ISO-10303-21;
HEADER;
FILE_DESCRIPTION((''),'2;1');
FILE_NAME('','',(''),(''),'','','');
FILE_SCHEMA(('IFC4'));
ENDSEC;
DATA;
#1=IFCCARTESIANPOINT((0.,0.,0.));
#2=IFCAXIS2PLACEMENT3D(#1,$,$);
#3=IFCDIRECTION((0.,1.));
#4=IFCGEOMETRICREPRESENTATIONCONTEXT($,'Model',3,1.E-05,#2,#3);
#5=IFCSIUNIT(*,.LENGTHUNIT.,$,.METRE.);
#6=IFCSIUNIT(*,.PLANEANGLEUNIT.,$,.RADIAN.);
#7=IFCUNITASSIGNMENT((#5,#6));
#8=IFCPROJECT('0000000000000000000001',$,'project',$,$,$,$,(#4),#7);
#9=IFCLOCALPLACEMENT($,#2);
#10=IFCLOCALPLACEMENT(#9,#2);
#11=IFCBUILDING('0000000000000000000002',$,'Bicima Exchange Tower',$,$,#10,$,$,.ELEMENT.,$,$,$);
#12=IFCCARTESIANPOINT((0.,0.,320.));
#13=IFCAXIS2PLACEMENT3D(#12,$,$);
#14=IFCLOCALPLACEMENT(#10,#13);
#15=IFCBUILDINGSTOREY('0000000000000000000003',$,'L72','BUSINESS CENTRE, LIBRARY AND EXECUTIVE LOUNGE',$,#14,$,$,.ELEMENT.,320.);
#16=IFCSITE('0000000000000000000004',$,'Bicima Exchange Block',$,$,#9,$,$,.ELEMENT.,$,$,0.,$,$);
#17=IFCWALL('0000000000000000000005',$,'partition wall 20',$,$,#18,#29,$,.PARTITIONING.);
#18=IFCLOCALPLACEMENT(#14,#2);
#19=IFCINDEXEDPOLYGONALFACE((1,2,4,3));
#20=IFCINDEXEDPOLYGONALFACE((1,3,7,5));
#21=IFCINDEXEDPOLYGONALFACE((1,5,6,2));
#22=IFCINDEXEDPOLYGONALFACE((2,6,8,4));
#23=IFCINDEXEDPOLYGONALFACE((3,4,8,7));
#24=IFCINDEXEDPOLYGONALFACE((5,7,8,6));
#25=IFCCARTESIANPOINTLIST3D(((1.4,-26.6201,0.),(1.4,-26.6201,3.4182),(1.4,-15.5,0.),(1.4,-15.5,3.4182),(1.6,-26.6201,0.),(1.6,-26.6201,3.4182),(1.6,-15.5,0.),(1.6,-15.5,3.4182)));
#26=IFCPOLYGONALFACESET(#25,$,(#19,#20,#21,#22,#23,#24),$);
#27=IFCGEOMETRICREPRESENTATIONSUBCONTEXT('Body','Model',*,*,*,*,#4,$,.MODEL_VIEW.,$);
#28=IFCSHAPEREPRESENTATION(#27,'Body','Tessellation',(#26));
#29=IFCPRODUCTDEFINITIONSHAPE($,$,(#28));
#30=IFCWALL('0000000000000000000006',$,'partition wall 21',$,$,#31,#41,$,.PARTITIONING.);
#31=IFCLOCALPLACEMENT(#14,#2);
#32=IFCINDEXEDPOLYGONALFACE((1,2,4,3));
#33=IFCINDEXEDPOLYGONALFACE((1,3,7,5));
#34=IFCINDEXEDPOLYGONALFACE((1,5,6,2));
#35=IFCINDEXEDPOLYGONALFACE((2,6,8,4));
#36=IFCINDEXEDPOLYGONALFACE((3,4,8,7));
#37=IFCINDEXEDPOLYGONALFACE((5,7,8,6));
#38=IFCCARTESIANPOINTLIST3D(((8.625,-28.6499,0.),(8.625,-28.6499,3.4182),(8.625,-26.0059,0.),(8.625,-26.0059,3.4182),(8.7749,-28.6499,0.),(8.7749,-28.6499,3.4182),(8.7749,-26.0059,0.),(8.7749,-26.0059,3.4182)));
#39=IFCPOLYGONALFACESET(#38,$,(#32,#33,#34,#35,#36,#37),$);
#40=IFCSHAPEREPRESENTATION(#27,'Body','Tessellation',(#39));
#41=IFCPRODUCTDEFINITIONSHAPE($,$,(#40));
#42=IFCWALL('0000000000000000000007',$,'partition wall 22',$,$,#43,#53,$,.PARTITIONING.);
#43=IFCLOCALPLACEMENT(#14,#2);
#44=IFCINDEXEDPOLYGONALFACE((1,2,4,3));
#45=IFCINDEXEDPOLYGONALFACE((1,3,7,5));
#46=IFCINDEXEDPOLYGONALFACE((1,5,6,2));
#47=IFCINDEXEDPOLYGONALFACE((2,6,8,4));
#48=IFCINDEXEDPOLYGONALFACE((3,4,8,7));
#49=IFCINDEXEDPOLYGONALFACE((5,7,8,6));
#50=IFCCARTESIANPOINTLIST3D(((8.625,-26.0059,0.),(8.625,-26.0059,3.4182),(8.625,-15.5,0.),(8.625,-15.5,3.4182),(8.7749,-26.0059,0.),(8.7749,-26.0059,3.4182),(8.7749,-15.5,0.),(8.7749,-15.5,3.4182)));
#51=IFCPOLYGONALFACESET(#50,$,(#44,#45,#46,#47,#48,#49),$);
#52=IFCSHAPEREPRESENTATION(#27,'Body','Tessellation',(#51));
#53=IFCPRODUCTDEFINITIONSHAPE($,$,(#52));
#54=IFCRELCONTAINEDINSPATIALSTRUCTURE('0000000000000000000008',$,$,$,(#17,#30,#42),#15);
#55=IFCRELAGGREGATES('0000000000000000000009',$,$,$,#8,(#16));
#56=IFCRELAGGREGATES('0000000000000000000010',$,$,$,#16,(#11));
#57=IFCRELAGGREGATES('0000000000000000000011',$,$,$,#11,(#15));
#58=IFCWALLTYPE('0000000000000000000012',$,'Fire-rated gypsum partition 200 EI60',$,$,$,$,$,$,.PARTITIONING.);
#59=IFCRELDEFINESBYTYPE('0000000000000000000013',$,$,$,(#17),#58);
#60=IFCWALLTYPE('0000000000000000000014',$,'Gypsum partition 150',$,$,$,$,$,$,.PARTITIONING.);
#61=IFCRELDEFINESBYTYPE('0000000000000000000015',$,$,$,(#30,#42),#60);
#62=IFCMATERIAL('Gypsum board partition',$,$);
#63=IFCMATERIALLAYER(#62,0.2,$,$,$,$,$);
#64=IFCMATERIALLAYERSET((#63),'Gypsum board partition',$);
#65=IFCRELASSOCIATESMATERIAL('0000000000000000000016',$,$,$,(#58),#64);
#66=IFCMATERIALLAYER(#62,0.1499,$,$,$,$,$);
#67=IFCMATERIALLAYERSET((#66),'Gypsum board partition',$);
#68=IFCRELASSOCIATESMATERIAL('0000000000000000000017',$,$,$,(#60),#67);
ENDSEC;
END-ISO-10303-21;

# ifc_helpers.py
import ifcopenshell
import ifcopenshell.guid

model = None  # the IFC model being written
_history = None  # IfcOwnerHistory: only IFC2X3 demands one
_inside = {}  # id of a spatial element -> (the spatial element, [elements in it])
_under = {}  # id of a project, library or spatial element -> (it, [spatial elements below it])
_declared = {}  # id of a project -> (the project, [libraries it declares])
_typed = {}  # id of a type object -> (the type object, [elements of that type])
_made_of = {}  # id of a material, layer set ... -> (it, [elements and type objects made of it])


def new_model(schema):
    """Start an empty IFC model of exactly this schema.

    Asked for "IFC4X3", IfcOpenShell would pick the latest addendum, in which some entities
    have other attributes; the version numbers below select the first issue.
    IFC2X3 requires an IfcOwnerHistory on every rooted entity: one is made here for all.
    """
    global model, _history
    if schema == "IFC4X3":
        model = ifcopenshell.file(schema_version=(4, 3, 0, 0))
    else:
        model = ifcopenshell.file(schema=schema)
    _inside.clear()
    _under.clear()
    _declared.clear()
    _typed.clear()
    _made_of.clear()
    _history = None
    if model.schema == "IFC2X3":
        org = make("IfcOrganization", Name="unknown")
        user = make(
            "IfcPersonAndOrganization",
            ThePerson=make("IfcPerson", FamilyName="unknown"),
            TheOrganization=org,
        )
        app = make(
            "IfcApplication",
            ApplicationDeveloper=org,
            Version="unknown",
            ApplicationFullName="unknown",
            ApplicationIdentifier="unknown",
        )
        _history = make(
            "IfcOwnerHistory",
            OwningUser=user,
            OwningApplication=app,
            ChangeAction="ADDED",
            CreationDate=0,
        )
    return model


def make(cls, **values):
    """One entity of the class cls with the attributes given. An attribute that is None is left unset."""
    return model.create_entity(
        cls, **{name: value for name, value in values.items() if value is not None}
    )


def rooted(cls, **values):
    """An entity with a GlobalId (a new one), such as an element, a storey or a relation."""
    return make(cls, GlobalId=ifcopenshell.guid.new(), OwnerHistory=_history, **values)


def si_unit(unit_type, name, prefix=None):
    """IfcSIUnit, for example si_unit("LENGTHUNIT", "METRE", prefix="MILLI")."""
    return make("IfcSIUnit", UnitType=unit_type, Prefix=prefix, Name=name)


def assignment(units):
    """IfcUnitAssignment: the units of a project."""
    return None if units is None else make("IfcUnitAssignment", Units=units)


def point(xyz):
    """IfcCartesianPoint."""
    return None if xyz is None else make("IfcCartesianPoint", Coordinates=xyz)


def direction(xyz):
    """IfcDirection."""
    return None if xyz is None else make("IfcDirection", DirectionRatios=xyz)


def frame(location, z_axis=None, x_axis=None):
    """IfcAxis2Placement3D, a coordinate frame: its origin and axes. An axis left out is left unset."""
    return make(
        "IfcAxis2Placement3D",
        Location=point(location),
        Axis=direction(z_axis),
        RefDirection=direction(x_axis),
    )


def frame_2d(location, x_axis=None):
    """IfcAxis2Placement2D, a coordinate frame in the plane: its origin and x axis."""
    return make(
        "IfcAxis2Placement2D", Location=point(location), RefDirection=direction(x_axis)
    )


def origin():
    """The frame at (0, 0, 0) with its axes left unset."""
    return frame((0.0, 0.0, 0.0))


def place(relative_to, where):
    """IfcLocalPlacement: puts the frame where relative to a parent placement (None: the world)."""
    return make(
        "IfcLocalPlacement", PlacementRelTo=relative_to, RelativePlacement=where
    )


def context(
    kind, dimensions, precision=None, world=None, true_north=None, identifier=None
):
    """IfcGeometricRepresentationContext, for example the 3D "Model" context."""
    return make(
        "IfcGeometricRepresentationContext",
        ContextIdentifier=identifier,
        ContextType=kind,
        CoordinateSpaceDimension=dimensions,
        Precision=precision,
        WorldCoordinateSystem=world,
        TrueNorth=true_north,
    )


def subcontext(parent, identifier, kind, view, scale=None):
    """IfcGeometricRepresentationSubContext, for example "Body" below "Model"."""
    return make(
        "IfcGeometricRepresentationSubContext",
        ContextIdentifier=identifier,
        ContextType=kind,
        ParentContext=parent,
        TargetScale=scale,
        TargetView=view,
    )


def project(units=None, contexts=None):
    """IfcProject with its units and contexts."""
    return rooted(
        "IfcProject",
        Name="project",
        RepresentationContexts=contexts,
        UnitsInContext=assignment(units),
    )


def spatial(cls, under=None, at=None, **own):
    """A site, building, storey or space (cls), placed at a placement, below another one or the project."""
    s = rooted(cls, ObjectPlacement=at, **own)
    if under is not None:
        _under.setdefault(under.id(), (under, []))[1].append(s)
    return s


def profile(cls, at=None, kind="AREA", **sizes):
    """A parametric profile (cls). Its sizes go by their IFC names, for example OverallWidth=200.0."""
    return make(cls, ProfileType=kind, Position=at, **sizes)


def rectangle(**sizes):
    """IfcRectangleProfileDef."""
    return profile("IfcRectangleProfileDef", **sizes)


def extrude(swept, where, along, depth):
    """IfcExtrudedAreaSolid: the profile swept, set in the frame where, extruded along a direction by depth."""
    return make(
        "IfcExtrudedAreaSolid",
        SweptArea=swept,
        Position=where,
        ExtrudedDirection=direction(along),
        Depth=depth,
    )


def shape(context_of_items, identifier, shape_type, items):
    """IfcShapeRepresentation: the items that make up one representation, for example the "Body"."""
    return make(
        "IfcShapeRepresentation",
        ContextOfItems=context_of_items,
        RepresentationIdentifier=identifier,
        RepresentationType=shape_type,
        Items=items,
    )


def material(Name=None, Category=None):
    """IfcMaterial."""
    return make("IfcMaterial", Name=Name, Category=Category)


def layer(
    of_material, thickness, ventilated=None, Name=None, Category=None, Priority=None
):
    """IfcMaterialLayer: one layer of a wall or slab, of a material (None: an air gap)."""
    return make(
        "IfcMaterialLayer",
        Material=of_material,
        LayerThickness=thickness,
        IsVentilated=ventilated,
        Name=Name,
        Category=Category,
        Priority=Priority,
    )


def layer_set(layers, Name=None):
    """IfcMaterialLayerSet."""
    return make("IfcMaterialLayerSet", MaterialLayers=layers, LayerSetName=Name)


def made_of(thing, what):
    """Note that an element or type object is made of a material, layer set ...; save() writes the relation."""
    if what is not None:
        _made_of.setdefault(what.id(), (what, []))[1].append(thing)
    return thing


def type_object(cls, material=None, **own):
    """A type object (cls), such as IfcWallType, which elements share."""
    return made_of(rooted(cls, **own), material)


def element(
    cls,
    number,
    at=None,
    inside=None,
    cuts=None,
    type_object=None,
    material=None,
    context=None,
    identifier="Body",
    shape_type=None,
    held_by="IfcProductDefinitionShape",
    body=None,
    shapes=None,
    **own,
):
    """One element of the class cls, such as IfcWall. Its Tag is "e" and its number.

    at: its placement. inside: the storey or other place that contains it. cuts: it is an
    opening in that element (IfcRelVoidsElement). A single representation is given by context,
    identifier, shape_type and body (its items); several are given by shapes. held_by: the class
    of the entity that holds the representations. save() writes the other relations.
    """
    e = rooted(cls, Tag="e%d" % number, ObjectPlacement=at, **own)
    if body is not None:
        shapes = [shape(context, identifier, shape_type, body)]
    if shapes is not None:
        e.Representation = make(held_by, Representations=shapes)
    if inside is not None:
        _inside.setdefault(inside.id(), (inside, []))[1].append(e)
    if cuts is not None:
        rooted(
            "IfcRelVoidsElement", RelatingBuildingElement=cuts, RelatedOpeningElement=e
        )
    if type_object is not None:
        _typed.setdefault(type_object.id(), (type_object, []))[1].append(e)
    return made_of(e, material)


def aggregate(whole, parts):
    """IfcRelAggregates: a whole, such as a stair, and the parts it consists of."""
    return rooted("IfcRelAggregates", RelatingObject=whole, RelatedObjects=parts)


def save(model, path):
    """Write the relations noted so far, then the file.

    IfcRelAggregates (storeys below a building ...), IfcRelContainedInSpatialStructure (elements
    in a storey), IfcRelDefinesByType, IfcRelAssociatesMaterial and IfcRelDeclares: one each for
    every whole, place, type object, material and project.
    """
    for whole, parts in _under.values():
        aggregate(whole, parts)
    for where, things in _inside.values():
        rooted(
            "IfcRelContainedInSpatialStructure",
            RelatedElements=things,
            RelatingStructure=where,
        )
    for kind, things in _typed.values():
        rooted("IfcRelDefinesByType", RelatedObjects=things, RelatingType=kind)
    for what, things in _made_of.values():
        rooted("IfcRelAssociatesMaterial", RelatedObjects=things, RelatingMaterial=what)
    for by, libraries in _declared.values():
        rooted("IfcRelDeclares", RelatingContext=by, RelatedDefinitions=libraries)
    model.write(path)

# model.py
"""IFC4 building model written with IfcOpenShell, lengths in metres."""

from ifc_helpers import new_model, si_unit, direction, frame, frame_2d, origin, place, context, subcontext, project, spatial, rectangle, extrude, material, layer, layer_set, type_object, element, save


model = new_model("IFC4")

# Units and contexts
model_context = context("Model", 3, precision=1e-05, world=origin(), true_north=direction((0.0, 1.0)))
body_context = subcontext(model_context, "Body", "Model", "MODEL_VIEW")
ifc_project = project(units=[si_unit("LENGTHUNIT", "METRE"), si_unit("PLANEANGLEUNIT", "RADIAN")], contexts=[model_context])

# Site, building, storey
site_placement = place(None, origin())
site = spatial("IfcSite", under=ifc_project, at=site_placement, Name="Bicima Exchange Block", CompositionType="ELEMENT", RefElevation=0.0)
building_placement = place(site_placement, origin())
building = spatial("IfcBuilding", under=site, at=building_placement, Name="Bicima Exchange Tower", CompositionType="ELEMENT")
storey_placement = place(building_placement, frame((0.0, 0.0, 320.0)))
storey = spatial("IfcBuildingStorey", under=building, at=storey_placement, Name="L72", Description="BUSINESS CENTRE, LIBRARY AND EXECUTIVE LOUNGE", CompositionType="ELEMENT", Elevation=320.0)

# Shared definitions
ifc_material_1 = material(Name="Gypsum board partition")
ifc_layer_1 = layer(ifc_material_1, 0.2)
ifc_layer_set_1 = layer_set([ifc_layer_1], Name="Gypsum board partition")
wall_type_1 = type_object("IfcWallType", Name="Fire-rated gypsum partition 200 EI60", PredefinedType="PARTITIONING", material=ifc_layer_set_1)

# Walls
wall_1_placement = place(storey_placement, frame((1.5, -26.6201, 0.0), z_axis=(0.0, 0.0, 1.0), x_axis=(0.0, 1.0, 0.0)))
element("IfcWall", 1, at=wall_1_placement, inside=storey, type_object=wall_type_1, Name="partition wall 20", PredefinedType="PARTITIONING", context=body_context, shape_type="SweptSolid", body=[
    extrude(rectangle(XDim=11.1201, YDim=0.2, at=frame_2d((5.5601, 0.0))), origin(), (0.0, 0.0, 1.0), 3.4182),
])
ifc_layer_2 = layer(ifc_material_1, 0.1499)
ifc_layer_set_2 = layer_set([ifc_layer_2], Name="Gypsum board partition")
wall_type_2 = type_object("IfcWallType", Name="Gypsum partition 150", PredefinedType="PARTITIONING", material=ifc_layer_set_2)
wall_2_placement = place(storey_placement, frame((8.7, -28.6499, 0.0), z_axis=(0.0, 0.0, 1.0), x_axis=(0.0, 1.0, 0.0)))
element("IfcWall", 2, at=wall_2_placement, inside=storey, type_object=wall_type_2, Name="partition wall 21", PredefinedType="PARTITIONING", context=body_context, shape_type="SweptSolid", body=[
    extrude(rectangle(XDim=2.644, YDim=0.1499, at=frame_2d((1.322, 0.0))), origin(), (0.0, 0.0, 1.0), 3.4182),
])
wall_3_placement = place(storey_placement, frame((8.7, -26.0059, 0.0), z_axis=(0.0, 0.0, 1.0), x_axis=(0.0, 1.0, 0.0)))
element("IfcWall", 3, at=wall_3_placement, inside=storey, type_object=wall_type_2, Name="partition wall 22", PredefinedType="PARTITIONING", context=body_context, shape_type="SweptSolid", body=[
    extrude(rectangle(XDim=10.5059, YDim=0.1499, at=frame_2d((5.2529, 0.0))), origin(), (0.0, 0.0, 1.0), 3.4182),
])

save(model, "model.ifc")
